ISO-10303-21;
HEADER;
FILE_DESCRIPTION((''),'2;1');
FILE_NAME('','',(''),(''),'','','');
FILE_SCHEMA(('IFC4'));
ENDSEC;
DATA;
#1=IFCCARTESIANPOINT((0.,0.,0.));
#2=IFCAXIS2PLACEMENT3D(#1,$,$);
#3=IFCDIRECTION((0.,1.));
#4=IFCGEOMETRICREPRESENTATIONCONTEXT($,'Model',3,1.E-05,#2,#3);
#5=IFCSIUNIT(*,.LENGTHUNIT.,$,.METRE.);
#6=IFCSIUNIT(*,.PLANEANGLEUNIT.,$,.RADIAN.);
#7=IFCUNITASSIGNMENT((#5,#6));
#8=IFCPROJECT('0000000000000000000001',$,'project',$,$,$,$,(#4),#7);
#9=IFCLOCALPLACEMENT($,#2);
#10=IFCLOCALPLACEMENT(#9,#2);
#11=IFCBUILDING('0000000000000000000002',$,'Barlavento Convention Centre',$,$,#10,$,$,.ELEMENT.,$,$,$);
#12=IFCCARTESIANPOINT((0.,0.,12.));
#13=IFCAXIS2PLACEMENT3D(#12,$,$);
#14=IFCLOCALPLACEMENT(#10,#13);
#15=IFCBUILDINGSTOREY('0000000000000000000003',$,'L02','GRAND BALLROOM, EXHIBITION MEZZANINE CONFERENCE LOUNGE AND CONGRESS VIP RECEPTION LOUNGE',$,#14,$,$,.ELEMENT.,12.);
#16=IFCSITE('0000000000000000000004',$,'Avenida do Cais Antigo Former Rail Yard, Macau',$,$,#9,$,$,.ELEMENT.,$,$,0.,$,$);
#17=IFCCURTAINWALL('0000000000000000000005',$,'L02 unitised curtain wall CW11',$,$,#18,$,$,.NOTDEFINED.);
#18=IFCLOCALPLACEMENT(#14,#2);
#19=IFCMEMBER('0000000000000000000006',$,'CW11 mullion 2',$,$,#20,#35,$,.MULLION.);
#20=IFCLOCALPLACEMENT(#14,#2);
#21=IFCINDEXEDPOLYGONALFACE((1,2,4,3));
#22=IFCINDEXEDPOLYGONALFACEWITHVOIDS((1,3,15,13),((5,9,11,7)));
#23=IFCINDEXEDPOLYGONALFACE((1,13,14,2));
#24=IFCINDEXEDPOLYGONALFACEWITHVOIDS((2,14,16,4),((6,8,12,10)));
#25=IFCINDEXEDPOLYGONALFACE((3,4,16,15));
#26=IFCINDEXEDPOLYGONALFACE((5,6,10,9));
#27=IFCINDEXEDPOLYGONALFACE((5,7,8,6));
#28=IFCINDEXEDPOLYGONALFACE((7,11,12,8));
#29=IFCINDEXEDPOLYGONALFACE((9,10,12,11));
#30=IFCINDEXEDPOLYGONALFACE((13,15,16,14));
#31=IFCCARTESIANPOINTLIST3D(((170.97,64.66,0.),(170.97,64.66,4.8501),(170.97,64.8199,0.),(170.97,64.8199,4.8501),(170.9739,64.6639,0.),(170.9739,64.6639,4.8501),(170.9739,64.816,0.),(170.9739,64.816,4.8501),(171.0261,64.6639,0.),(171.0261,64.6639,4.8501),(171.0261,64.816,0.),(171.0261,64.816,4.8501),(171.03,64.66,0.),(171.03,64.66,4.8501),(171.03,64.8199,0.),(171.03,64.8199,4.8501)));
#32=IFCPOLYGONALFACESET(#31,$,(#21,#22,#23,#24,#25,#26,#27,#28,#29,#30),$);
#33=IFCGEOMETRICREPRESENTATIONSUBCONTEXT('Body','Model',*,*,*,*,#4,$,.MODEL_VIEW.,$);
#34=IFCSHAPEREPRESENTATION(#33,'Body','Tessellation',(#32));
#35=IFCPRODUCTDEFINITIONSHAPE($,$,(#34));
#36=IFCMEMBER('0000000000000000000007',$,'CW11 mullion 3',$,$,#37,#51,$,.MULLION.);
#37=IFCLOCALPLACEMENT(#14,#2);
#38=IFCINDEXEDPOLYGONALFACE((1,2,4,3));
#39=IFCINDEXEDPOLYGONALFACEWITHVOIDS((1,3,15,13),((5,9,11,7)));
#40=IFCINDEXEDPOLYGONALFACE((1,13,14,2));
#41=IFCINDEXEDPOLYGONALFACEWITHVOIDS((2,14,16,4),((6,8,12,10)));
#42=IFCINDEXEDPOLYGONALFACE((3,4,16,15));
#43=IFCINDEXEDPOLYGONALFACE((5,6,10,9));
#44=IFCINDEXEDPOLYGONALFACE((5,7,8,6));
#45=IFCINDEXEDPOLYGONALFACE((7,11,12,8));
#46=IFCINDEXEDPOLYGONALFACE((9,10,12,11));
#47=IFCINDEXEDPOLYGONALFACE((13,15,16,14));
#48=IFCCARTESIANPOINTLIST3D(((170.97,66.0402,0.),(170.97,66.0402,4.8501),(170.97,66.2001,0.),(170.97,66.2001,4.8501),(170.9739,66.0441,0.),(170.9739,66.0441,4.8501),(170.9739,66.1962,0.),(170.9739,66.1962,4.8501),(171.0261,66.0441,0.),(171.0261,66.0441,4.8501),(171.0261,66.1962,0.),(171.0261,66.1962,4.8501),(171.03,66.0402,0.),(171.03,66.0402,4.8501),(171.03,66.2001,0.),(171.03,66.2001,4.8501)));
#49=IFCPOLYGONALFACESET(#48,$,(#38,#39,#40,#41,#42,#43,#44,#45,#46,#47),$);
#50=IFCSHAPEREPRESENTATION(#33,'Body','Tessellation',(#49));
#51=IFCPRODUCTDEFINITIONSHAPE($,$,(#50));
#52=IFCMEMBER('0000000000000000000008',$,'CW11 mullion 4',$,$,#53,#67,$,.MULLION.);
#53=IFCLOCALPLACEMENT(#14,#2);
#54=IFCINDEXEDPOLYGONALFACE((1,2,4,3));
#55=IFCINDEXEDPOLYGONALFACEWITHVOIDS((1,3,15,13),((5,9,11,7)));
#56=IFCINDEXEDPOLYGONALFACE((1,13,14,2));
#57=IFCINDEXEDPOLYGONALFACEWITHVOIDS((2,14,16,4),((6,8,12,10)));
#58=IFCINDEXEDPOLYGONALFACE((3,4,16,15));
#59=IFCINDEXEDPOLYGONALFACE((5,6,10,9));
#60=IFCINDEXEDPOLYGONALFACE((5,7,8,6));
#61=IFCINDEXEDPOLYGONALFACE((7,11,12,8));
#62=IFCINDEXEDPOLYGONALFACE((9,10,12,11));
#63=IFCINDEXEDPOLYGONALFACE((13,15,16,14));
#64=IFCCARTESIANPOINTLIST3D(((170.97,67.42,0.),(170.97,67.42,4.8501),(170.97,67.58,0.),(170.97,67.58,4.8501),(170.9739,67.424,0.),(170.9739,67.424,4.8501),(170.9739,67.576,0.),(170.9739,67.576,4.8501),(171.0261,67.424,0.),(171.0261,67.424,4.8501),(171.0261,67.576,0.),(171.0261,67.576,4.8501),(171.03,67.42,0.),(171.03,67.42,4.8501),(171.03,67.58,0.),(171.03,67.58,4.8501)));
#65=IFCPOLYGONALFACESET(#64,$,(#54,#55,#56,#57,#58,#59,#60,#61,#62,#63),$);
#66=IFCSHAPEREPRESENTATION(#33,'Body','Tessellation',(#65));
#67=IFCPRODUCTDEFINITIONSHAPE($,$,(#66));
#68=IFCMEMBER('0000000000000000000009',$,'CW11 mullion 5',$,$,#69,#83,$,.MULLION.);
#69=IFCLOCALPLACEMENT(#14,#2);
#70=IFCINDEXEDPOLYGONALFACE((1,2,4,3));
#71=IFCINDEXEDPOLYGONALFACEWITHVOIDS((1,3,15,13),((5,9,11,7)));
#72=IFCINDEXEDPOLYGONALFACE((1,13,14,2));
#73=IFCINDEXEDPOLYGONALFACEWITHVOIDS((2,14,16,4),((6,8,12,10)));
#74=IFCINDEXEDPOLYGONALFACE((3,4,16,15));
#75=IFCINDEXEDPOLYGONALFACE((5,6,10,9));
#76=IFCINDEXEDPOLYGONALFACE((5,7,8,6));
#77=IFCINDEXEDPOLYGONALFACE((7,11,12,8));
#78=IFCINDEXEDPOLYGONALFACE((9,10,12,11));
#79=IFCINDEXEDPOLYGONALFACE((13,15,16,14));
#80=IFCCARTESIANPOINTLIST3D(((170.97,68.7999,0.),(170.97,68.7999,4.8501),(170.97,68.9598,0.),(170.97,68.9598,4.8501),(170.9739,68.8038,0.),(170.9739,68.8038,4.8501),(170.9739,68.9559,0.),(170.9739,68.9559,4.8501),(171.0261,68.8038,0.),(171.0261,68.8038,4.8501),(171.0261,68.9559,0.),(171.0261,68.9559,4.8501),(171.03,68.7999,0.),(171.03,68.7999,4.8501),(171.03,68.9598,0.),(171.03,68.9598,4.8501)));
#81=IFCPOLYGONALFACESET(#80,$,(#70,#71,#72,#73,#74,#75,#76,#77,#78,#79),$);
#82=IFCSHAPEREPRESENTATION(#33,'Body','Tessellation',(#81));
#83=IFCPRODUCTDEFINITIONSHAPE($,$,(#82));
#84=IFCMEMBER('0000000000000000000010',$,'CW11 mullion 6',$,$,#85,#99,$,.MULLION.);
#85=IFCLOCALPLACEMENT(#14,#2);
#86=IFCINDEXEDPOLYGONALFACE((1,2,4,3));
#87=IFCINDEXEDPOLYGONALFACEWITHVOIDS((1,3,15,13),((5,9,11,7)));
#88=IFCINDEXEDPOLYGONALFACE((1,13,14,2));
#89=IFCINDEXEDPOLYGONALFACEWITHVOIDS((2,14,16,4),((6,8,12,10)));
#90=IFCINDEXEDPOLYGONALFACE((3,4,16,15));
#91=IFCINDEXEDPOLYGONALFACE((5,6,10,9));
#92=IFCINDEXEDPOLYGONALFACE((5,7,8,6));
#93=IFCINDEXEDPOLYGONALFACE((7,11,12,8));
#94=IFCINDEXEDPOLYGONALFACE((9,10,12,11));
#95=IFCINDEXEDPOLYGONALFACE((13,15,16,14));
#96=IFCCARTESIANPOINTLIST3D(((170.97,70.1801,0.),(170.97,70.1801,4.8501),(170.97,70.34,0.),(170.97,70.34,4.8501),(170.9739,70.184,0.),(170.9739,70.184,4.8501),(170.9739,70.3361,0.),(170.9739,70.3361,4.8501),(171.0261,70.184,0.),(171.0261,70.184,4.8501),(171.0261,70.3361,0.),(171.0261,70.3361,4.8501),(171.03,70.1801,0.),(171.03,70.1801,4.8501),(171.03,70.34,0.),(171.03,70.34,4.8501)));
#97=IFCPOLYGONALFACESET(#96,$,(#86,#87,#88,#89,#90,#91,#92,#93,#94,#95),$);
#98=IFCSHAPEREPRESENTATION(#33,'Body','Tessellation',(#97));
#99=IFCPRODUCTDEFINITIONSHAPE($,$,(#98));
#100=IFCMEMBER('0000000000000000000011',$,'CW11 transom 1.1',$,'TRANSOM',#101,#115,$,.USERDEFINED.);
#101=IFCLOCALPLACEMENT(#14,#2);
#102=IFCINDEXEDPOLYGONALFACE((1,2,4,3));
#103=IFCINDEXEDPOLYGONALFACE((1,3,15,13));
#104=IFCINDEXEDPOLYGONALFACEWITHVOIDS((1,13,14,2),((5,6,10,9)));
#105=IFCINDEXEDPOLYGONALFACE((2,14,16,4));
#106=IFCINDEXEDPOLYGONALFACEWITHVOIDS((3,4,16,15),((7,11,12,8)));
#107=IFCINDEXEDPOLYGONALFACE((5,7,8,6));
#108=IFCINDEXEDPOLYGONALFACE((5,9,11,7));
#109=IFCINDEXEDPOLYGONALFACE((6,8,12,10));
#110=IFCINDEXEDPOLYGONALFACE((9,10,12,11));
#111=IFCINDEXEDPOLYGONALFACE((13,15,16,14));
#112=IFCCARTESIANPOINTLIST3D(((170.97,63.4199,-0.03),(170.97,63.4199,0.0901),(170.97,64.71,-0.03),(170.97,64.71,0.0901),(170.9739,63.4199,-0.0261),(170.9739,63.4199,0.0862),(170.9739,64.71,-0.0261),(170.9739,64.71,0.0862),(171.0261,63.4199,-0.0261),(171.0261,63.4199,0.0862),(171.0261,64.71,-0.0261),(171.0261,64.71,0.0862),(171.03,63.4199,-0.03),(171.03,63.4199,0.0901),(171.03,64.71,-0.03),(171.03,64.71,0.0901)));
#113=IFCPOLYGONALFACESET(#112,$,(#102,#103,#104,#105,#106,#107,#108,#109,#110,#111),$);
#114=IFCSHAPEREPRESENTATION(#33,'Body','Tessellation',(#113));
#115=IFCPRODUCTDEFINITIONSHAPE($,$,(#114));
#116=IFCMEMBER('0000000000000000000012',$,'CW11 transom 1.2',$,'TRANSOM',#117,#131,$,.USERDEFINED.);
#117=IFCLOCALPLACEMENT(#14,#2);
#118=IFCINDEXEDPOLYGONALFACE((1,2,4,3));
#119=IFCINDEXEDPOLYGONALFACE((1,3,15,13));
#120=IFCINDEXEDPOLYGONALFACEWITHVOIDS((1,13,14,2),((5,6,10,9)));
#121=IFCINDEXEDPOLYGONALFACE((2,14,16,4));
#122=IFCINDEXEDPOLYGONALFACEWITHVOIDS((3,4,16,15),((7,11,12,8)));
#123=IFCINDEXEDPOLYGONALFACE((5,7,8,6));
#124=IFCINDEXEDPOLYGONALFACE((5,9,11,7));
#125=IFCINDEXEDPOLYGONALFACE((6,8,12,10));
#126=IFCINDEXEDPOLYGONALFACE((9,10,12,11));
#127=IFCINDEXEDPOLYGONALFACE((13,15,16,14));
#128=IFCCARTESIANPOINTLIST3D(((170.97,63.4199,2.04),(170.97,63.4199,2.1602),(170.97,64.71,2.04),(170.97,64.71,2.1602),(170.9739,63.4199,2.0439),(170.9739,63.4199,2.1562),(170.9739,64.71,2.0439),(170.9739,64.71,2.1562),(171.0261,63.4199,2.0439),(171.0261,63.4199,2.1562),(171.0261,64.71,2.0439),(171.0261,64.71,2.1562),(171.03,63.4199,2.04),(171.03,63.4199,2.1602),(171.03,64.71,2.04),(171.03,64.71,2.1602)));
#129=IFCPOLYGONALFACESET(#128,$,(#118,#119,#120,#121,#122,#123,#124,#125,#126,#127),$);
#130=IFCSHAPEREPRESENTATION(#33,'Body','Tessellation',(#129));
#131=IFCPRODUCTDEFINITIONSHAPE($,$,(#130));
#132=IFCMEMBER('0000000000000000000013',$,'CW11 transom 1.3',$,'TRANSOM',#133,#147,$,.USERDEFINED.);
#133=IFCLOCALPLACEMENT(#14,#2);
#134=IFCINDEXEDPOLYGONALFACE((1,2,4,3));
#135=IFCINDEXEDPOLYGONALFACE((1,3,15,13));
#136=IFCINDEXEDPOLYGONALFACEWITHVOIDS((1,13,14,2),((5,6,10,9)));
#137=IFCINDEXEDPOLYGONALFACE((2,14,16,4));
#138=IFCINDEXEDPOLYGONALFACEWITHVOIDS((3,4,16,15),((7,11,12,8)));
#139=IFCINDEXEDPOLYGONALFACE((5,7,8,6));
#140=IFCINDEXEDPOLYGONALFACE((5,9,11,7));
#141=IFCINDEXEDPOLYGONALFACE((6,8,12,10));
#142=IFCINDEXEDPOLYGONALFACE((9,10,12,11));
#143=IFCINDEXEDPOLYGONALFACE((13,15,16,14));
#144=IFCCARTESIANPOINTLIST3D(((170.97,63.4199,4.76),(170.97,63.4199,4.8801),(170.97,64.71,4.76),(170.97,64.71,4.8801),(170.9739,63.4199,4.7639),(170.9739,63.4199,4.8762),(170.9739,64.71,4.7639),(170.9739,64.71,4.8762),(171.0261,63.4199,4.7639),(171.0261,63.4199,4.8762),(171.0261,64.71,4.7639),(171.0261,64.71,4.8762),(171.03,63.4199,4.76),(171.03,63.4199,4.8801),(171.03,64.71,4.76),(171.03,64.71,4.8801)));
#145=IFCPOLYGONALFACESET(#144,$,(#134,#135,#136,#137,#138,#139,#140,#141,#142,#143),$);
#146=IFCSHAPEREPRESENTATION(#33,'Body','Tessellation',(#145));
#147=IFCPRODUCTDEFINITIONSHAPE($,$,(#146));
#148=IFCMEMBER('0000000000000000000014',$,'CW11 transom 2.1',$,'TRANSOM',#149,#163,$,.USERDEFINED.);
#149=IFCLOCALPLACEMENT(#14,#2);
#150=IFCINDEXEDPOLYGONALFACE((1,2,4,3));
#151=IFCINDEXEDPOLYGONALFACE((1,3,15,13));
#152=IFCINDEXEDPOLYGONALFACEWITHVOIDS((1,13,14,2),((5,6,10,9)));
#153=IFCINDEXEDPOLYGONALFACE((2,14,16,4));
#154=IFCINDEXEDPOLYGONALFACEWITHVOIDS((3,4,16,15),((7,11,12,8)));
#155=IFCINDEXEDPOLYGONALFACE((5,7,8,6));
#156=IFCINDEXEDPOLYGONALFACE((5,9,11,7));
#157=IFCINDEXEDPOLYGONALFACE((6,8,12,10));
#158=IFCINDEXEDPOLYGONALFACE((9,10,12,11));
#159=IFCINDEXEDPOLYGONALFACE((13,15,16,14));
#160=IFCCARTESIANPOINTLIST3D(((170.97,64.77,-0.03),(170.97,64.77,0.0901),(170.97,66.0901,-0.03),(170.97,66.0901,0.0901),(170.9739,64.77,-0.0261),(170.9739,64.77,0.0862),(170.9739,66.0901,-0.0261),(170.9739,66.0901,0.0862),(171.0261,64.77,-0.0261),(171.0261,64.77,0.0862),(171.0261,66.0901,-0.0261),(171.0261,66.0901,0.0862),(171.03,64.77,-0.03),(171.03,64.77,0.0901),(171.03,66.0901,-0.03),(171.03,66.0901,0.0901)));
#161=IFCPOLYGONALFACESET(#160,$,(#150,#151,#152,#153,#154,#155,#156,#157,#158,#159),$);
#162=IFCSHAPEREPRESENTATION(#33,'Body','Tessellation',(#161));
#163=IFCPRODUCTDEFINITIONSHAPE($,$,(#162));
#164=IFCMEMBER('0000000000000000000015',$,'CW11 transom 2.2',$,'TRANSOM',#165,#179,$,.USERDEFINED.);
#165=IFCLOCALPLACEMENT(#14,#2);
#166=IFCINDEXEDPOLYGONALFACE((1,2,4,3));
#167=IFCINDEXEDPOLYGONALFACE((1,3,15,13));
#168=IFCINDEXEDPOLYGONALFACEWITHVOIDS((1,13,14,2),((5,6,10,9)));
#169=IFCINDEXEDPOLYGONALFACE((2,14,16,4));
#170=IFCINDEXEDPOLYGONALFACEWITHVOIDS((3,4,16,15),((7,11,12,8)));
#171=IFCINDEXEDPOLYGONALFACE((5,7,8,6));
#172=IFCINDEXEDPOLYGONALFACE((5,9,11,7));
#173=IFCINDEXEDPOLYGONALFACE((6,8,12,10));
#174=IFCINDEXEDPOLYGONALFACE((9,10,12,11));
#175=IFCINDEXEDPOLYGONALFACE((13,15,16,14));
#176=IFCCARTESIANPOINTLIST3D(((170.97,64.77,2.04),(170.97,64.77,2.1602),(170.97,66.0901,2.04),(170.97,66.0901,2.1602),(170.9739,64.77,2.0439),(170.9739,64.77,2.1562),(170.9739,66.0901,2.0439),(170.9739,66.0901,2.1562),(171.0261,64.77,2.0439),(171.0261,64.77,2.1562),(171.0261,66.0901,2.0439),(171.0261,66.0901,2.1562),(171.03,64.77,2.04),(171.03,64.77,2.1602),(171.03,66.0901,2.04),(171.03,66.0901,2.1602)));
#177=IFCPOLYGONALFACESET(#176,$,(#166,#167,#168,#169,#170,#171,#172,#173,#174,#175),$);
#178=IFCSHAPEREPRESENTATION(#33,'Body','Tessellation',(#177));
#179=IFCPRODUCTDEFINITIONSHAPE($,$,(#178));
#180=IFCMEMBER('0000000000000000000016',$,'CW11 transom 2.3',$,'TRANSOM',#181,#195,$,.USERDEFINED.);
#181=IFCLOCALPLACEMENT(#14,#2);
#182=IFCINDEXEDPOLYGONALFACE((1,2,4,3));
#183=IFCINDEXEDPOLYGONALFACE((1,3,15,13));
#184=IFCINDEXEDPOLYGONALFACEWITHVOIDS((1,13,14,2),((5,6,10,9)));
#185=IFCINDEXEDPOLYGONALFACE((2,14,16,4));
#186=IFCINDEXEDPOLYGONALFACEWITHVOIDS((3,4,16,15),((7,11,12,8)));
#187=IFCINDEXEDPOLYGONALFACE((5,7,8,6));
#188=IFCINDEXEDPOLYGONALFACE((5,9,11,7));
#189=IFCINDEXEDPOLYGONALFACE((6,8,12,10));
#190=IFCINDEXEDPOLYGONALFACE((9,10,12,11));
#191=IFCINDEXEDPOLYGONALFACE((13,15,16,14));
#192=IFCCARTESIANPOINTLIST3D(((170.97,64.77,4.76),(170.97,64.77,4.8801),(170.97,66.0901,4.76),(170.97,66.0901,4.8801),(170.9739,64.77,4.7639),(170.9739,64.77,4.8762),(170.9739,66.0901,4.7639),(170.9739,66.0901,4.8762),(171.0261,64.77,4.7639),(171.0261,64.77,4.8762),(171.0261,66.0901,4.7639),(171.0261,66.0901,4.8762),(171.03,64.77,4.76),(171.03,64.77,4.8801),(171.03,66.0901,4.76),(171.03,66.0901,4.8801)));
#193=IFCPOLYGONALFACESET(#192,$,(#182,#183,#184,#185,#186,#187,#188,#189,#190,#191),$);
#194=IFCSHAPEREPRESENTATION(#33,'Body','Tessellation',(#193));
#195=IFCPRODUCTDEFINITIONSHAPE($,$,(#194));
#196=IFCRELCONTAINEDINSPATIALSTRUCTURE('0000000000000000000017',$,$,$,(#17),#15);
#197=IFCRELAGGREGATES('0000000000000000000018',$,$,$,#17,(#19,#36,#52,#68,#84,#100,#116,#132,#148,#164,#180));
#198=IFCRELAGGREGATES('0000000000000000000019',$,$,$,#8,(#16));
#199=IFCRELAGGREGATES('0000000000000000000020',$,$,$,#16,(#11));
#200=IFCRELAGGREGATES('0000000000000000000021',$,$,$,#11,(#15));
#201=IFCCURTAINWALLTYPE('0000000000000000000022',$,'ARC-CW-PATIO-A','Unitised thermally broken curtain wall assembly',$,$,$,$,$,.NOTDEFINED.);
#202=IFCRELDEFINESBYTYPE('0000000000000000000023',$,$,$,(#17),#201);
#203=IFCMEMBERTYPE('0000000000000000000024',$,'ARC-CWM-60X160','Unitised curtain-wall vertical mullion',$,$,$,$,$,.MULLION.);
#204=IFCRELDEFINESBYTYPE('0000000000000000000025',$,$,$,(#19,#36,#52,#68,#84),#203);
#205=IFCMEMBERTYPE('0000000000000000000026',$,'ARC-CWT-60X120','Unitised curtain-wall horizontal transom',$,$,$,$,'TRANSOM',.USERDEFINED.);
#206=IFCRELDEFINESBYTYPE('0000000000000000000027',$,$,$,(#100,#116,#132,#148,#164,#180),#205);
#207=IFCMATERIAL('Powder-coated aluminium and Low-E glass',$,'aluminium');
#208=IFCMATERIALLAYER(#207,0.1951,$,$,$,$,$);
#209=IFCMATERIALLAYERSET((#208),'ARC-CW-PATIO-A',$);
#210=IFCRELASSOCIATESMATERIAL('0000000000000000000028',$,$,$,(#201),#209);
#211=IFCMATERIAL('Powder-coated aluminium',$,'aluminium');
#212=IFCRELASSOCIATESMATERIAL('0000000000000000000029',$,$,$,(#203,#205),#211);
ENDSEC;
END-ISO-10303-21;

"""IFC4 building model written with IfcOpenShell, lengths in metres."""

from ifc_helpers import new_model, si_unit, direction, frame, origin, origin_2d, place, context, subcontext, project, spatial, hollow_rectangle, extrude, material, layer, layer_set, material_profile, profile_set, type_object, element, aggregate, save


model = new_model("IFC4")

# Units and contexts
model_context = context("Model", 3, precision=1e-05, world=origin(), true_north=direction((0.0, 1.0)))
body_context = subcontext(model_context, "Body", "Model", "MODEL_VIEW")
ifc_project = project(units=[si_unit("LENGTHUNIT", "METRE"), si_unit("PLANEANGLEUNIT", "RADIAN")], contexts=[model_context])

# Site, building, storey
site_placement = place(None, origin())
site = spatial("IfcSite", under=ifc_project, at=site_placement, Name="Avenida do Cais Antigo Former Rail Yard, Macau", CompositionType="ELEMENT", RefElevation=0.0)
building_placement = place(site_placement, origin())
building = spatial("IfcBuilding", under=site, at=building_placement, Name="Barlavento Convention Centre", CompositionType="ELEMENT")
storey_placement = place(building_placement, frame((0.0, 0.0, 12.0)))
storey = spatial("IfcBuildingStorey", under=building, at=storey_placement, Name="L02", Description="GRAND BALLROOM, EXHIBITION MEZZANINE CONFERENCE LOUNGE AND CONGRESS VIP RECEPTION LOUNGE", CompositionType="ELEMENT", Elevation=12.0)

# Curtain wall, members
ifc_material_1 = material(Name="Powder-coated aluminium and Low-E glass", Category="aluminium")
ifc_layer_1 = layer(ifc_material_1, 0.1951)
ifc_layer_set_1 = layer_set([ifc_layer_1], Name="ARC-CW-PATIO-A")
curtain_wall_type = type_object("IfcCurtainWallType", Name="ARC-CW-PATIO-A", Description="Unitised thermally broken curtain wall assembly", PredefinedType="NOTDEFINED", material=ifc_layer_set_1)
curtain_wall_placement = place(storey_placement, origin())
curtain_wall = element("IfcCurtainWall", 1, at=curtain_wall_placement, inside=storey, type_object=curtain_wall_type, Name="L02 unitised curtain wall CW11", PredefinedType="NOTDEFINED")
ifc_material_2 = material(Name="Powder-coated aluminium", Category="aluminium")
ifc_material_profile_1 = material_profile(ifc_material_2, hollow_rectangle(XDim=0.0601, YDim=0.1599, WallThickness=0.0039, at=origin_2d()), Name="AL-MULL 60x160x4")
ifc_profile_set_1 = profile_set([ifc_material_profile_1], Name="Powder-coated aluminium")
member_type_1 = type_object("IfcMemberType", Name="ARC-CWM-60X160", Description="Unitised curtain-wall vertical mullion", PredefinedType="MULLION", material=ifc_profile_set_1)
member_1_placement = place(storey_placement, frame((171.0, 64.74, 0.0), z_axis=(0.0, 0.0, 1.0), x_axis=(-1.0, 0.0, 0.0)))
member_1 = element("IfcMember", 2, at=member_1_placement, type_object=member_type_1, Name="CW11 mullion 2", PredefinedType="MULLION", context=body_context, shape_type="SweptSolid", body=[
    extrude(hollow_rectangle(XDim=0.0601, YDim=0.1599, WallThickness=0.0039, at=origin_2d()), origin(), (0.0, 0.0, 1.0), 4.8501),
])
member_2_placement = place(storey_placement, frame((171.0, 66.1201, 0.0), z_axis=(0.0, 0.0, 1.0), x_axis=(-1.0, 0.0, 0.0)))
member_2 = element("IfcMember", 3, at=member_2_placement, type_object=member_type_1, Name="CW11 mullion 3", PredefinedType="MULLION", context=body_context, shape_type="SweptSolid", body=[
    extrude(hollow_rectangle(XDim=0.0601, YDim=0.1599, WallThickness=0.0039, at=origin_2d()), origin(), (0.0, 0.0, 1.0), 4.8501),
])
member_3_placement = place(storey_placement, frame((171.0, 67.5, 0.0), z_axis=(0.0, 0.0, 1.0), x_axis=(-1.0, 0.0, 0.0)))
member_3 = element("IfcMember", 4, at=member_3_placement, type_object=member_type_1, Name="CW11 mullion 4", PredefinedType="MULLION", context=body_context, shape_type="SweptSolid", body=[
    extrude(hollow_rectangle(XDim=0.0601, YDim=0.1599, WallThickness=0.0039, at=origin_2d()), origin(), (0.0, 0.0, 1.0), 4.8501),
])
member_4_placement = place(storey_placement, frame((171.0, 68.8799, 0.0), z_axis=(0.0, 0.0, 1.0), x_axis=(-1.0, 0.0, 0.0)))
member_4 = element("IfcMember", 5, at=member_4_placement, type_object=member_type_1, Name="CW11 mullion 5", PredefinedType="MULLION", context=body_context, shape_type="SweptSolid", body=[
    extrude(hollow_rectangle(XDim=0.0601, YDim=0.1599, WallThickness=0.0039, at=origin_2d()), origin(), (0.0, 0.0, 1.0), 4.8501),
])
member_5_placement = place(storey_placement, frame((171.0, 70.26, 0.0), z_axis=(0.0, 0.0, 1.0), x_axis=(-1.0, 0.0, 0.0)))
member_5 = element("IfcMember", 6, at=member_5_placement, type_object=member_type_1, Name="CW11 mullion 6", PredefinedType="MULLION", context=body_context, shape_type="SweptSolid", body=[
    extrude(hollow_rectangle(XDim=0.0601, YDim=0.1599, WallThickness=0.0039, at=origin_2d()), origin(), (0.0, 0.0, 1.0), 4.8501),
])
ifc_material_profile_2 = material_profile(ifc_material_2, hollow_rectangle(XDim=0.0601, YDim=0.1201, WallThickness=0.0039, at=origin_2d()), Name="AL-TRAN 60x120x4")
ifc_profile_set_2 = profile_set([ifc_material_profile_2], Name="Powder-coated aluminium")
member_type_2 = type_object("IfcMemberType", Name="ARC-CWT-60X120", Description="Unitised curtain-wall horizontal transom", ElementType="TRANSOM", PredefinedType="USERDEFINED", material=ifc_profile_set_2)
member_6_placement = place(storey_placement, frame((171.0, 63.4199, 0.03), z_axis=(0.0, 1.0, 0.0), x_axis=(-1.0, 0.0, 0.0)))
member_6 = element("IfcMember", 7, at=member_6_placement, type_object=member_type_2, Name="CW11 transom 1.1", ObjectType="TRANSOM", PredefinedType="USERDEFINED", context=body_context, shape_type="SweptSolid", body=[
    extrude(hollow_rectangle(XDim=0.0601, YDim=0.1201, WallThickness=0.0039, at=origin_2d()), origin(), (0.0, 0.0, 1.0), 1.29),
])
member_7_placement = place(storey_placement, frame((171.0, 63.4199, 2.1001), z_axis=(0.0, 1.0, 0.0), x_axis=(-1.0, 0.0, 0.0)))
member_7 = element("IfcMember", 8, at=member_7_placement, type_object=member_type_2, Name="CW11 transom 1.2", ObjectType="TRANSOM", PredefinedType="USERDEFINED", context=body_context, shape_type="SweptSolid", body=[
    extrude(hollow_rectangle(XDim=0.0601, YDim=0.1201, WallThickness=0.0039, at=origin_2d()), origin(), (0.0, 0.0, 1.0), 1.29),
])
member_8_placement = place(storey_placement, frame((171.0, 63.4199, 4.8201), z_axis=(0.0, 1.0, 0.0), x_axis=(-1.0, 0.0, 0.0)))
member_8 = element("IfcMember", 9, at=member_8_placement, type_object=member_type_2, Name="CW11 transom 1.3", ObjectType="TRANSOM", PredefinedType="USERDEFINED", context=body_context, shape_type="SweptSolid", body=[
    extrude(hollow_rectangle(XDim=0.0601, YDim=0.1201, WallThickness=0.0039, at=origin_2d()), origin(), (0.0, 0.0, 1.0), 1.29),
])
member_9_placement = place(storey_placement, frame((171.0, 64.77, 0.03), z_axis=(0.0, 1.0, 0.0), x_axis=(-1.0, 0.0, 0.0)))
member_9 = element("IfcMember", 10, at=member_9_placement, type_object=member_type_2, Name="CW11 transom 2.1", ObjectType="TRANSOM", PredefinedType="USERDEFINED", context=body_context, shape_type="SweptSolid", body=[
    extrude(hollow_rectangle(XDim=0.0601, YDim=0.1201, WallThickness=0.0039, at=origin_2d()), origin(), (0.0, 0.0, 1.0), 1.3201),
])
member_10_placement = place(storey_placement, frame((171.0, 64.77, 2.1001), z_axis=(0.0, 1.0, 0.0), x_axis=(-1.0, 0.0, 0.0)))
member_10 = element("IfcMember", 11, at=member_10_placement, type_object=member_type_2, Name="CW11 transom 2.2", ObjectType="TRANSOM", PredefinedType="USERDEFINED", context=body_context, shape_type="SweptSolid", body=[
    extrude(hollow_rectangle(XDim=0.0601, YDim=0.1201, WallThickness=0.0039, at=origin_2d()), origin(), (0.0, 0.0, 1.0), 1.3201),
])
member_11_placement = place(storey_placement, frame((171.0, 64.77, 4.8201), z_axis=(0.0, 1.0, 0.0), x_axis=(-1.0, 0.0, 0.0)))
member_11 = element("IfcMember", 12, at=member_11_placement, type_object=member_type_2, Name="CW11 transom 2.3", ObjectType="TRANSOM", PredefinedType="USERDEFINED", context=body_context, shape_type="SweptSolid", body=[
    extrude(hollow_rectangle(XDim=0.0601, YDim=0.1201, WallThickness=0.0039, at=origin_2d()), origin(), (0.0, 0.0, 1.0), 1.3201),
])
aggregate(curtain_wall, [member_1, member_2, member_3, member_4, member_5, member_6, member_7, member_8, member_9, member_10, member_11])

save(model, "model.ifc")
